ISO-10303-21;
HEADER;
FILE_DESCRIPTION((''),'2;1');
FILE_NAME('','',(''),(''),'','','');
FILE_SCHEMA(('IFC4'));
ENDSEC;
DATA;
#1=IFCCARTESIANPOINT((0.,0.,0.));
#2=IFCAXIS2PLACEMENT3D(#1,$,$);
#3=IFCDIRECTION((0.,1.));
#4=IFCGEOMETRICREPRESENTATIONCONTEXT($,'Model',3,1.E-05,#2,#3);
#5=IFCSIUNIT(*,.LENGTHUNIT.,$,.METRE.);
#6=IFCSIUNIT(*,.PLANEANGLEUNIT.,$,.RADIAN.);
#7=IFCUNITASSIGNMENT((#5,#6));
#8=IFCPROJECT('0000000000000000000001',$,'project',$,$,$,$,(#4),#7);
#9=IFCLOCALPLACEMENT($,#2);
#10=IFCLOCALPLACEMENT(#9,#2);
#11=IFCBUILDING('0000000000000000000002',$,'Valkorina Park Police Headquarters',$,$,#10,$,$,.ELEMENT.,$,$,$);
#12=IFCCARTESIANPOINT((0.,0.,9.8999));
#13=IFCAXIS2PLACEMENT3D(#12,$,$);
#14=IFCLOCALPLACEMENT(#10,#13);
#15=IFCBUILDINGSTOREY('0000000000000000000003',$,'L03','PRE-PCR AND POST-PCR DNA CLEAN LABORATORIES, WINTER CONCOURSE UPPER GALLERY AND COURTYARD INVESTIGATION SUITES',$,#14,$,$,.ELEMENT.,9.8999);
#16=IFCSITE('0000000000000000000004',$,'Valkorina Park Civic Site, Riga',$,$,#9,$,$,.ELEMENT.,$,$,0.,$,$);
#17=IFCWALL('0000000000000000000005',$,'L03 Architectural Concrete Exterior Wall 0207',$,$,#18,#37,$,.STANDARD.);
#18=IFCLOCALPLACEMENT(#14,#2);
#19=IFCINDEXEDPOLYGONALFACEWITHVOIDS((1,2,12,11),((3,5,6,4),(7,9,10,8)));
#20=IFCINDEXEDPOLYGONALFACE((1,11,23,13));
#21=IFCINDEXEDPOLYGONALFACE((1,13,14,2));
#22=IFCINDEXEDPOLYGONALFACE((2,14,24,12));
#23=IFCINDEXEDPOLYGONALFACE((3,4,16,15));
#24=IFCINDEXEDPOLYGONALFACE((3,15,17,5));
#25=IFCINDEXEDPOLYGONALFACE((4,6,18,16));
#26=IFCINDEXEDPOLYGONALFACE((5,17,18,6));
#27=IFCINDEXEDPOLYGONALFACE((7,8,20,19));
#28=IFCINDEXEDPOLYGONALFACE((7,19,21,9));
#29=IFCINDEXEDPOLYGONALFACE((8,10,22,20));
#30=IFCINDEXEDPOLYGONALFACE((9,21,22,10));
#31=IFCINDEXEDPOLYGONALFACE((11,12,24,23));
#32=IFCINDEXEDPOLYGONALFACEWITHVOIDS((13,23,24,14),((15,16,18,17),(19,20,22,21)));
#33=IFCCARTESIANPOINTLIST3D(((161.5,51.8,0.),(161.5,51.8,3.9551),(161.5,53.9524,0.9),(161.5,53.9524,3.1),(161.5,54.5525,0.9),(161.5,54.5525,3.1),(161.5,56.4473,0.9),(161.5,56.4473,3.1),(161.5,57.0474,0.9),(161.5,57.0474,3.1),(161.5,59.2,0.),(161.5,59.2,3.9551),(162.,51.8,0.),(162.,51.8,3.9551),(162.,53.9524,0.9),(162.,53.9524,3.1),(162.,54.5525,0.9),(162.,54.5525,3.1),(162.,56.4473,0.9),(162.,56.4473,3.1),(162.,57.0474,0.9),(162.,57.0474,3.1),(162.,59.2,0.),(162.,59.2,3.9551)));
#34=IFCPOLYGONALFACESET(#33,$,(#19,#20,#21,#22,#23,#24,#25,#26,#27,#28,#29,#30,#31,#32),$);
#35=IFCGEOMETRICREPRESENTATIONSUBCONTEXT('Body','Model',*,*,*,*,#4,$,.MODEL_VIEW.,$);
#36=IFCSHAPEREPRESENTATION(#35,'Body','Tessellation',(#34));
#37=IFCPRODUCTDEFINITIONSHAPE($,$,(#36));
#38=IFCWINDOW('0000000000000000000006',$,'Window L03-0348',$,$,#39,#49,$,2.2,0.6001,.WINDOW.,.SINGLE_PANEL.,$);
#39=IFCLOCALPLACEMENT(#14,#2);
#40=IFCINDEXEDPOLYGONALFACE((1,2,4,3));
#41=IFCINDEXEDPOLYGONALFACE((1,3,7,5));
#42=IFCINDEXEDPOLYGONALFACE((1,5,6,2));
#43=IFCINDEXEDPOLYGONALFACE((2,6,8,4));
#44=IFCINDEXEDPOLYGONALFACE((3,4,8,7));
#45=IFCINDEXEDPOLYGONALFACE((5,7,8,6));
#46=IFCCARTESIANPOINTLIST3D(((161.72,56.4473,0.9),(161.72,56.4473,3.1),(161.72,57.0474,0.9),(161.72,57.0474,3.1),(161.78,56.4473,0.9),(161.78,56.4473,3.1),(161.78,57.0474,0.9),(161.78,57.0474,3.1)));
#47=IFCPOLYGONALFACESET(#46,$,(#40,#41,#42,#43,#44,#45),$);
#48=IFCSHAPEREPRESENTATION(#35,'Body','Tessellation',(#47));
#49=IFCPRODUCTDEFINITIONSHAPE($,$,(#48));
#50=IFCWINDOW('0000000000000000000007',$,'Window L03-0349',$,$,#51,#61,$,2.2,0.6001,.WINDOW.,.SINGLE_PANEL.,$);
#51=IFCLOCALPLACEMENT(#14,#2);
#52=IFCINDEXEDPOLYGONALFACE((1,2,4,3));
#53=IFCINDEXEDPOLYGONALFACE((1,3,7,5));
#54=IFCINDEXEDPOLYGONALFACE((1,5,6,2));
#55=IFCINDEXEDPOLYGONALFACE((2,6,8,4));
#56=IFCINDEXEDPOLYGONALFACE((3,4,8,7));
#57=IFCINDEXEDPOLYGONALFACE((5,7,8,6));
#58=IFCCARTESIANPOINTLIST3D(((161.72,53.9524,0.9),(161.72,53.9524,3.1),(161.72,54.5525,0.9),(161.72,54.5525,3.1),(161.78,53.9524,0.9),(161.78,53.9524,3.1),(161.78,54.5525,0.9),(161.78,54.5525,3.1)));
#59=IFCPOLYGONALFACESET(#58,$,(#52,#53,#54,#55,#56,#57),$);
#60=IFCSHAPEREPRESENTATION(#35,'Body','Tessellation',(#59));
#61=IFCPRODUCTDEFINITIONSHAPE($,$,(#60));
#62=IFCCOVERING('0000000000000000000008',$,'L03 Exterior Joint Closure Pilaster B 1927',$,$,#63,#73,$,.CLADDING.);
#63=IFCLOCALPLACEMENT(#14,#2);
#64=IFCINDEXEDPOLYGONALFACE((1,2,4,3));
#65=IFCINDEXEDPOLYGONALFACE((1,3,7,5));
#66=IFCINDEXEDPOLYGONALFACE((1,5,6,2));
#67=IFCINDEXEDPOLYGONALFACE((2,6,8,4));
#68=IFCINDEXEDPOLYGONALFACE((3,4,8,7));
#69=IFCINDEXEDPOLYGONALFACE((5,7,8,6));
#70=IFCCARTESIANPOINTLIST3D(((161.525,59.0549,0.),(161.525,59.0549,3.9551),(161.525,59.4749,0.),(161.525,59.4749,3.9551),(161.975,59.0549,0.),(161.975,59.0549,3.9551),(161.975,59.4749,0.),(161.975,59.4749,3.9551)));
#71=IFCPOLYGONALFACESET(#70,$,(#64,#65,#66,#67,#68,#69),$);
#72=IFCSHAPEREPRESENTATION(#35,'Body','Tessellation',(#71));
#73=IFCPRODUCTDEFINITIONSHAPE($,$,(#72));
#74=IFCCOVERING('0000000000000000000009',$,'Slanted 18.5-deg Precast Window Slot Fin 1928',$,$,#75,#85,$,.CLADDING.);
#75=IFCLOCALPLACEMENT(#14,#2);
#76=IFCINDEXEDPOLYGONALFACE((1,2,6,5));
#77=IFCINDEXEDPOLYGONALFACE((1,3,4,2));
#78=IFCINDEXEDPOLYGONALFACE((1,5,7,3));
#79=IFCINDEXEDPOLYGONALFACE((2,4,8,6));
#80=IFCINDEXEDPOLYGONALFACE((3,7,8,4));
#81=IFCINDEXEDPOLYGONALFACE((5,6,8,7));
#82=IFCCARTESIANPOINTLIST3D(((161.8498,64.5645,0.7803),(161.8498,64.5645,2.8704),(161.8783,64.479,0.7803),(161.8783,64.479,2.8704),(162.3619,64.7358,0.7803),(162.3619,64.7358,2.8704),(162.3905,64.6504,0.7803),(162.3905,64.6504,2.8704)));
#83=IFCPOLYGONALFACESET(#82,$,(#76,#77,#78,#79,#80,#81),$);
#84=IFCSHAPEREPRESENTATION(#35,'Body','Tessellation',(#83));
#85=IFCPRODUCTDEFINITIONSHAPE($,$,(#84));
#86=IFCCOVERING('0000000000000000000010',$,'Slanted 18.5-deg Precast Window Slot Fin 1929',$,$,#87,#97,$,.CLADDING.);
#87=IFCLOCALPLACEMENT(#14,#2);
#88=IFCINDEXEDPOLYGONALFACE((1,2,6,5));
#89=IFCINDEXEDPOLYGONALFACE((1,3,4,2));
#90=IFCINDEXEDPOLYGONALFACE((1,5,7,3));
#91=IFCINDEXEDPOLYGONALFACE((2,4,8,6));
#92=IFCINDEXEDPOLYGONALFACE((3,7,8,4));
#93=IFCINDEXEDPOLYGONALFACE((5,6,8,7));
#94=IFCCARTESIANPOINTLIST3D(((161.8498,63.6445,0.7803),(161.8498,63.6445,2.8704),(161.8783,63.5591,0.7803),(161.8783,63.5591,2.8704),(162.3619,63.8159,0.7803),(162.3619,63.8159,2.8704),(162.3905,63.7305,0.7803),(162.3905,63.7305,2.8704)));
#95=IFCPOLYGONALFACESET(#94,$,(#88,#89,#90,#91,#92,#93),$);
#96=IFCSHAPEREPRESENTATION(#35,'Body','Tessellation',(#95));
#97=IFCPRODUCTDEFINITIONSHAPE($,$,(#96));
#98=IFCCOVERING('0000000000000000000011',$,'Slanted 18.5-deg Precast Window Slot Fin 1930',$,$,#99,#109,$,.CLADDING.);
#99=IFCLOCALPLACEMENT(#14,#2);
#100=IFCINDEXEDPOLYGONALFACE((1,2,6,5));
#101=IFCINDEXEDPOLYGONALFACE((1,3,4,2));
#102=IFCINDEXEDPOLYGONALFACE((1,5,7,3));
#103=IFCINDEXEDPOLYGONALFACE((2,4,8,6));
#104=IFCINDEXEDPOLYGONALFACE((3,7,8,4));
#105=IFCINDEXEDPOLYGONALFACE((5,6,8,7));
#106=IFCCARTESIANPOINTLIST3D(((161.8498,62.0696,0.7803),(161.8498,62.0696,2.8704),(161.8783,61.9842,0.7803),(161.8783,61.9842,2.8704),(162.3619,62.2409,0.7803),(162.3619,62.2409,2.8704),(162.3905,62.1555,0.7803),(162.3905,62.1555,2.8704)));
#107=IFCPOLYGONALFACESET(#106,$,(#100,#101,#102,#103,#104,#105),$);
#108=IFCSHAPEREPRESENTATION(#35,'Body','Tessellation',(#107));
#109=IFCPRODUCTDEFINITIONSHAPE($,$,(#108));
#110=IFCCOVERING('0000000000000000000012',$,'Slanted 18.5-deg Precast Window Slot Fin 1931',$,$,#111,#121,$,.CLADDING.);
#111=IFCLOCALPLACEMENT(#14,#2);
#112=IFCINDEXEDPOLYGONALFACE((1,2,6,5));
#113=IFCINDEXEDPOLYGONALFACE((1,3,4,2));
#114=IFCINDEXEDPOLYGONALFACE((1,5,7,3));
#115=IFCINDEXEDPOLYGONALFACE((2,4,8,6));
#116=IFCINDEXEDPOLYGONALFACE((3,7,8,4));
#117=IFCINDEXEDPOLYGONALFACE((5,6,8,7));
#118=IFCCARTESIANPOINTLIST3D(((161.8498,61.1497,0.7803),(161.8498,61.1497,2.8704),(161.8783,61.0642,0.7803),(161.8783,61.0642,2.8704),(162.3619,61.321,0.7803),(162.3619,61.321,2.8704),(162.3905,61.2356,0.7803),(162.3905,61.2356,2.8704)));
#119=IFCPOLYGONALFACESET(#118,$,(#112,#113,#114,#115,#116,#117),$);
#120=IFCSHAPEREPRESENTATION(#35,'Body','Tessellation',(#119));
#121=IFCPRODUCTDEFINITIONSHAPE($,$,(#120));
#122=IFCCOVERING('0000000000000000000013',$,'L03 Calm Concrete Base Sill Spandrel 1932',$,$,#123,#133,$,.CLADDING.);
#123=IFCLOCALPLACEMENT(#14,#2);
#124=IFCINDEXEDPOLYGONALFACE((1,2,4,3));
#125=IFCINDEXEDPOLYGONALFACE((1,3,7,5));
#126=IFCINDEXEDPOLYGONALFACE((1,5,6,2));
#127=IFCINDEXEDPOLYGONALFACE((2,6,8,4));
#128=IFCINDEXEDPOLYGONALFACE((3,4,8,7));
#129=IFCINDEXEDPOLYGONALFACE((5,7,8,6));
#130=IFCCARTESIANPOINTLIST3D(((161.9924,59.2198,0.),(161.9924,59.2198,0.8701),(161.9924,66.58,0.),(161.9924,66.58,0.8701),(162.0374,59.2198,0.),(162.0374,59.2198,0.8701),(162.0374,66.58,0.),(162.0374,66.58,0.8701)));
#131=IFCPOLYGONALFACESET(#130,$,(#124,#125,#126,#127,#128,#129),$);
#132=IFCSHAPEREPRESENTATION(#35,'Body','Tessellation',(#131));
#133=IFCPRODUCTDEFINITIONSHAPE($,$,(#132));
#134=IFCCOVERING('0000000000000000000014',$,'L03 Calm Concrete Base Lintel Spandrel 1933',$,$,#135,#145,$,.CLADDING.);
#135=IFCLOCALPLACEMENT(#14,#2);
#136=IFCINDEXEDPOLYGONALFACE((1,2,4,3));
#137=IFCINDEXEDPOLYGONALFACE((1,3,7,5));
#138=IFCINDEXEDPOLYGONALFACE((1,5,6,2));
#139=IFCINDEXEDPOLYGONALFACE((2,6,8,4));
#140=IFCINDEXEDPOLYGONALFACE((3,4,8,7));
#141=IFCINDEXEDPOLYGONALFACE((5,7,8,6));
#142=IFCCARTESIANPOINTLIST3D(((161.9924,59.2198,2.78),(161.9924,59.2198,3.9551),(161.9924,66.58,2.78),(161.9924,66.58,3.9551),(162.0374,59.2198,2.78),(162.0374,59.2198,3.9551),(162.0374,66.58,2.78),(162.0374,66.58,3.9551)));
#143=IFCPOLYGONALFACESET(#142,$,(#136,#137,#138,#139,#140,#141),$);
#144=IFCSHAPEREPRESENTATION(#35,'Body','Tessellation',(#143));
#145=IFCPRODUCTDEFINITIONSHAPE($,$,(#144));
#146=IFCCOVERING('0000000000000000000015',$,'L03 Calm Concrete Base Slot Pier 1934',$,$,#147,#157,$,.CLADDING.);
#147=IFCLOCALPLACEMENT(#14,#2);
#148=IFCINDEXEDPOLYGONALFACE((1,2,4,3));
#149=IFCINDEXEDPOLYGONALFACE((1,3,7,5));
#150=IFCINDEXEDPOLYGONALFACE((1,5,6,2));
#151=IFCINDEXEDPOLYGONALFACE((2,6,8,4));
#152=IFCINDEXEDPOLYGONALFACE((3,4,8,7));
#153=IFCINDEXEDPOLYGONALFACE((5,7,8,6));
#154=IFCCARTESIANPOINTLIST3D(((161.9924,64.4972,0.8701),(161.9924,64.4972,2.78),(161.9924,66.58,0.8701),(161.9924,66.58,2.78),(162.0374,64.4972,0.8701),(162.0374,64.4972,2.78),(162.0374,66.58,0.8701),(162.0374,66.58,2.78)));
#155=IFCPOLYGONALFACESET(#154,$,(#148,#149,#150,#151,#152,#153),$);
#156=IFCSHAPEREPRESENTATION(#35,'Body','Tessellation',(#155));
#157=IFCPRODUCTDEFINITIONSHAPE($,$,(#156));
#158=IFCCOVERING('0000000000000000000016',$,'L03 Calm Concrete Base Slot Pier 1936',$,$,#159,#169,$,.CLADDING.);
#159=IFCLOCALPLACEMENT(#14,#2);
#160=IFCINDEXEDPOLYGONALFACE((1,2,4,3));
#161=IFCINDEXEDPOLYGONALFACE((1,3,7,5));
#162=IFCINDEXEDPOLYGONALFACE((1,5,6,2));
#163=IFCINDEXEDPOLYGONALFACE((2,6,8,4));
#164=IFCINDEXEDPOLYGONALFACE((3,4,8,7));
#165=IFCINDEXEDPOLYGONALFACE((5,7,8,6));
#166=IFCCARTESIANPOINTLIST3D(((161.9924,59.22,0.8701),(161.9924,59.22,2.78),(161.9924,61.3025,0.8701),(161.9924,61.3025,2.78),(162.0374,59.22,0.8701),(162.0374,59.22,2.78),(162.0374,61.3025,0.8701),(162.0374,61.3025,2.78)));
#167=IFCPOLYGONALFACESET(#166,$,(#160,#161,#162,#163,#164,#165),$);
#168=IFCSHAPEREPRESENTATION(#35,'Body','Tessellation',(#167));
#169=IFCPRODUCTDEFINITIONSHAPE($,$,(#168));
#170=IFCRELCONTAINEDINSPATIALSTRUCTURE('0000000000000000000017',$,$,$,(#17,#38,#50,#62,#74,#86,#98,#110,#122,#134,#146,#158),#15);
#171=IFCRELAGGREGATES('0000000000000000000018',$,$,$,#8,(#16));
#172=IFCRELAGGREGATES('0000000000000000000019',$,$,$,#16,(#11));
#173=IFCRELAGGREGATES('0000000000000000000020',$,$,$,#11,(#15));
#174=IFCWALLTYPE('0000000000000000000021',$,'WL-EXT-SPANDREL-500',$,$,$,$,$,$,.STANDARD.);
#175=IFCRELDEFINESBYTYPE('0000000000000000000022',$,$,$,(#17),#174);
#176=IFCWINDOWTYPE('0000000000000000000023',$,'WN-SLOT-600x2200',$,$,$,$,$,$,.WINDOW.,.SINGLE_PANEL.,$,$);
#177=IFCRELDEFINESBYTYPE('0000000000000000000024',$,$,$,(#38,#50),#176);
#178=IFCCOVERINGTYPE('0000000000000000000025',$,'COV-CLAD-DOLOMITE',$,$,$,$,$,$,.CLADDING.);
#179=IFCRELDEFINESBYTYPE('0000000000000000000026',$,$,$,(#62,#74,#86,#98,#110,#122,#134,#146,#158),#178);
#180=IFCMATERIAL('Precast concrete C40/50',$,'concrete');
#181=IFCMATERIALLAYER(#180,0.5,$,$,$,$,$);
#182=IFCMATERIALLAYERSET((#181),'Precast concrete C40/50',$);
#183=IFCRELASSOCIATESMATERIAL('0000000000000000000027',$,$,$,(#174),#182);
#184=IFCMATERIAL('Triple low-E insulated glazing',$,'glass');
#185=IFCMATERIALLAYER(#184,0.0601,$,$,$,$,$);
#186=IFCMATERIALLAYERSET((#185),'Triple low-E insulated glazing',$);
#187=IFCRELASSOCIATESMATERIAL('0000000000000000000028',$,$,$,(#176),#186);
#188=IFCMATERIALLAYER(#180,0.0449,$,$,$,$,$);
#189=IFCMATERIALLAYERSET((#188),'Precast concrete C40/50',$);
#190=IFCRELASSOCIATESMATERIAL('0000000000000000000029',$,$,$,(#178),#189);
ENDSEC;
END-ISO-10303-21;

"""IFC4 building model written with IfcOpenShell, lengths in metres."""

from ifc_helpers import new_model, si_unit, direction, frame, frame_2d, origin, origin_2d, place, context, subcontext, project, spatial, rectangle, extrude, material, layer, layer_set, type_object, element, fill, save


model = new_model("IFC4")

# Units and contexts
model_context = context("Model", 3, precision=1e-05, world=origin(), true_north=direction((0.0, 1.0)))
body_context = subcontext(model_context, "Body", "Model", "MODEL_VIEW")
ifc_project = project(units=[si_unit("LENGTHUNIT", "METRE"), si_unit("PLANEANGLEUNIT", "RADIAN")], contexts=[model_context])

# Site, building, storey
site_placement = place(None, origin())
site = spatial("IfcSite", under=ifc_project, at=site_placement, Name="Valkorina Park Civic Site, Riga", CompositionType="ELEMENT", RefElevation=0.0)
building_placement = place(site_placement, origin())
building = spatial("IfcBuilding", under=site, at=building_placement, Name="Valkorina Park Police Headquarters", CompositionType="ELEMENT")
storey_placement = place(building_placement, frame((0.0, 0.0, 9.8999)))
storey = spatial("IfcBuildingStorey", under=building, at=storey_placement, Name="L03", Description="PRE-PCR AND POST-PCR DNA CLEAN LABORATORIES, WINTER CONCOURSE UPPER GALLERY AND COURTYARD INVESTIGATION SUITES", CompositionType="ELEMENT", Elevation=9.8999)

# Wall, openings, windows
ifc_material_1 = material(Name="Precast concrete C40/50", Category="concrete")
ifc_layer_1 = layer(ifc_material_1, 0.5)
ifc_layer_set_1 = layer_set([ifc_layer_1], Name="Precast concrete C40/50")
wall_type = type_object("IfcWallType", Name="WL-EXT-SPANDREL-500", PredefinedType="STANDARD", material=ifc_layer_set_1)
ifc_material_2 = material(Name="Triple low-E insulated glazing", Category="glass")
wall_1_placement = place(storey_placement, frame((161.75, 59.2, 0.0), z_axis=(0.0, 0.0, 1.0), x_axis=(0.0, -1.0, 0.0)))
wall_1 = element("IfcWall", 1, at=wall_1_placement, inside=storey, type_object=wall_type, Name="L03 Architectural Concrete Exterior Wall 0207", PredefinedType="STANDARD", context=body_context, shape_type="SweptSolid", body=[
    extrude(rectangle(XDim=7.3999, YDim=0.5, at=frame_2d((3.7, 0.0))), origin(), (0.0, 0.0, 1.0), 3.9551),
])
opening_1_placement = place(wall_1_placement, frame((2.1526, 0.0, 0.8999)))
opening_1 = element("IfcOpeningElement", 2, at=opening_1_placement, cuts=wall_1, PredefinedType="OPENING", context=body_context, shape_type="SweptSolid", body=[
    extrude(rectangle(XDim=0.6001, YDim=2.2, at=frame_2d((0.3, 1.1001))), frame((0.0, 0.26, 0.0), z_axis=(0.0, -1.0, 0.0), x_axis=(1.0, 0.0, 0.0)), (0.0, 0.0, 1.0), 0.52),
])
opening_2_placement = place(wall_1_placement, frame((4.6475, 0.0, 0.8999)))
opening_2 = element("IfcOpeningElement", 3, at=opening_2_placement, cuts=wall_1, PredefinedType="OPENING", context=body_context, shape_type="SweptSolid", body=[
    extrude(rectangle(XDim=0.6001, YDim=2.2, at=frame_2d((0.3, 1.1001))), frame((0.0, 0.26, 0.0), z_axis=(0.0, -1.0, 0.0), x_axis=(1.0, 0.0, 0.0)), (0.0, 0.0, 1.0), 0.52),
])
ifc_layer_2 = layer(ifc_material_2, 0.0601)
ifc_layer_set_2 = layer_set([ifc_layer_2], Name="Triple low-E insulated glazing")
window_type_1 = type_object("IfcWindowType", Name="WN-SLOT-600x2200", PartitioningType="SINGLE_PANEL", PredefinedType="WINDOW", material=ifc_layer_set_2)
window_1_placement = place(opening_1_placement, origin())
window_1 = element("IfcWindow", 4, at=window_1_placement, inside=storey, type_object=window_type_1, Name="Window L03-0348", OverallHeight=2.2, OverallWidth=0.6001, PartitioningType="SINGLE_PANEL", PredefinedType="WINDOW", context=body_context, shape_type="SweptSolid", body=[
    extrude(rectangle(XDim=0.6001, YDim=2.2, at=frame_2d((0.3, 1.1001))), frame((0.0, 0.03, 0.0), z_axis=(0.0, -1.0, 0.0), x_axis=(1.0, 0.0, 0.0)), (0.0, 0.0, 1.0), 0.0601),
])
fill(opening_1, window_1)
window_2_placement = place(opening_2_placement, origin())
window_2 = element("IfcWindow", 5, at=window_2_placement, inside=storey, type_object=window_type_1, Name="Window L03-0349", OverallHeight=2.2, OverallWidth=0.6001, PartitioningType="SINGLE_PANEL", PredefinedType="WINDOW", context=body_context, shape_type="SweptSolid", body=[
    extrude(rectangle(XDim=0.6001, YDim=2.2, at=frame_2d((0.3, 1.1001))), frame((0.0, 0.03, 0.0), z_axis=(0.0, -1.0, 0.0), x_axis=(1.0, 0.0, 0.0)), (0.0, 0.0, 1.0), 0.0601),
])
fill(opening_2, window_2)

# Coverings
ifc_layer_3 = layer(ifc_material_1, 0.0449)
ifc_layer_set_3 = layer_set([ifc_layer_3], Name="Precast concrete C40/50")
covering_type = type_object("IfcCoveringType", Name="COV-CLAD-DOLOMITE", PredefinedType="CLADDING", material=ifc_layer_set_3)
covering_1_placement = place(storey_placement, frame((161.75, 59.2649, 0.0), z_axis=(0.0, 0.0, 1.0), x_axis=(0.0, 1.0, 0.0)))
element("IfcCovering", 6, at=covering_1_placement, inside=storey, type_object=covering_type, Name="L03 Exterior Joint Closure Pilaster B 1927", PredefinedType="CLADDING", context=body_context, shape_type="SweptSolid", body=[
    extrude(rectangle(XDim=0.4199, YDim=0.45, at=origin_2d()), origin(), (0.0, 0.0, 1.0), 3.9551),
])
for number, where, z_axis, x_axis, name in (
    (7, (162.1201, 64.6074, 0.7803), (0.0, 0.0, 1.0), (0.948324, 0.317305, 0.0), "Slanted 18.5-deg Precast Window Slot Fin 1928"),
    (8, (162.1201, 63.6875, 0.7803), (0.0, 0.0, 1.0), (0.948324, 0.317305, 0.0), "Slanted 18.5-deg Precast Window Slot Fin 1929"),
    (9, (162.1201, 62.1125, 0.7803), (0.0, 0.0, 1.0), (0.948324, 0.317305, 0.0), "Slanted 18.5-deg Precast Window Slot Fin 1930"),
    (10, (162.1201, 61.1926, 0.7803), (0.0, 0.0, 1.0), (0.948324, 0.317305, 0.0), "Slanted 18.5-deg Precast Window Slot Fin 1931"),
):
    element("IfcCovering", number, at=place(storey_placement, frame(where, z_axis=z_axis, x_axis=x_axis)), inside=storey, type_object=covering_type, Name=name, PredefinedType="CLADDING", context=body_context, shape_type="SweptSolid", body=[
        extrude(rectangle(XDim=0.54, YDim=0.0901, at=origin_2d()), origin(), (0.0, 0.0, 1.0), 2.0901),
    ])
covering_2_placement = place(storey_placement, frame((162.0149, 66.5801, 0.0), z_axis=(0.0, 0.0, 1.0), x_axis=(0.0, -1.0, 0.0)))
element("IfcCovering", 11, at=covering_2_placement, inside=storey, type_object=covering_type, Name="L03 Calm Concrete Base Sill Spandrel 1932", PredefinedType="CLADDING", context=body_context, shape_type="SweptSolid", body=[
    extrude(rectangle(XDim=7.3601, YDim=0.0449, at=frame_2d((3.6802, 0.0))), origin(), (0.0, 0.0, 1.0), 0.8701),
])
covering_3_placement = place(storey_placement, frame((162.0149, 66.5801, 2.78), z_axis=(0.0, 0.0, 1.0), x_axis=(0.0, -1.0, 0.0)))
element("IfcCovering", 12, at=covering_3_placement, inside=storey, type_object=covering_type, Name="L03 Calm Concrete Base Lintel Spandrel 1933", PredefinedType="CLADDING", context=body_context, shape_type="SweptSolid", body=[
    extrude(rectangle(XDim=7.3601, YDim=0.0449, at=frame_2d((3.6802, 0.0))), origin(), (0.0, 0.0, 1.0), 1.175),
])
covering_4_placement = place(storey_placement, frame((162.0149, 66.5801, 0.8701), z_axis=(0.0, 0.0, 1.0), x_axis=(0.0, -1.0, 0.0)))
element("IfcCovering", 13, at=covering_4_placement, inside=storey, type_object=covering_type, Name="L03 Calm Concrete Base Slot Pier 1934", PredefinedType="CLADDING", context=body_context, shape_type="SweptSolid", body=[
    extrude(rectangle(XDim=2.0828, YDim=0.0449, at=frame_2d((1.0415, 0.0))), origin(), (0.0, 0.0, 1.0), 1.9099),
])
covering_5_placement = place(storey_placement, frame((162.0149, 61.3025, 0.8701), z_axis=(0.0, 0.0, 1.0), x_axis=(0.0, -1.0, 0.0)))
element("IfcCovering", 14, at=covering_5_placement, inside=storey, type_object=covering_type, Name="L03 Calm Concrete Base Slot Pier 1936", PredefinedType="CLADDING", context=body_context, shape_type="SweptSolid", body=[
    extrude(rectangle(XDim=2.0825, YDim=0.0449, at=frame_2d((1.0413, 0.0))), origin(), (0.0, 0.0, 1.0), 1.9099),
])

save(model, "model.ifc")
